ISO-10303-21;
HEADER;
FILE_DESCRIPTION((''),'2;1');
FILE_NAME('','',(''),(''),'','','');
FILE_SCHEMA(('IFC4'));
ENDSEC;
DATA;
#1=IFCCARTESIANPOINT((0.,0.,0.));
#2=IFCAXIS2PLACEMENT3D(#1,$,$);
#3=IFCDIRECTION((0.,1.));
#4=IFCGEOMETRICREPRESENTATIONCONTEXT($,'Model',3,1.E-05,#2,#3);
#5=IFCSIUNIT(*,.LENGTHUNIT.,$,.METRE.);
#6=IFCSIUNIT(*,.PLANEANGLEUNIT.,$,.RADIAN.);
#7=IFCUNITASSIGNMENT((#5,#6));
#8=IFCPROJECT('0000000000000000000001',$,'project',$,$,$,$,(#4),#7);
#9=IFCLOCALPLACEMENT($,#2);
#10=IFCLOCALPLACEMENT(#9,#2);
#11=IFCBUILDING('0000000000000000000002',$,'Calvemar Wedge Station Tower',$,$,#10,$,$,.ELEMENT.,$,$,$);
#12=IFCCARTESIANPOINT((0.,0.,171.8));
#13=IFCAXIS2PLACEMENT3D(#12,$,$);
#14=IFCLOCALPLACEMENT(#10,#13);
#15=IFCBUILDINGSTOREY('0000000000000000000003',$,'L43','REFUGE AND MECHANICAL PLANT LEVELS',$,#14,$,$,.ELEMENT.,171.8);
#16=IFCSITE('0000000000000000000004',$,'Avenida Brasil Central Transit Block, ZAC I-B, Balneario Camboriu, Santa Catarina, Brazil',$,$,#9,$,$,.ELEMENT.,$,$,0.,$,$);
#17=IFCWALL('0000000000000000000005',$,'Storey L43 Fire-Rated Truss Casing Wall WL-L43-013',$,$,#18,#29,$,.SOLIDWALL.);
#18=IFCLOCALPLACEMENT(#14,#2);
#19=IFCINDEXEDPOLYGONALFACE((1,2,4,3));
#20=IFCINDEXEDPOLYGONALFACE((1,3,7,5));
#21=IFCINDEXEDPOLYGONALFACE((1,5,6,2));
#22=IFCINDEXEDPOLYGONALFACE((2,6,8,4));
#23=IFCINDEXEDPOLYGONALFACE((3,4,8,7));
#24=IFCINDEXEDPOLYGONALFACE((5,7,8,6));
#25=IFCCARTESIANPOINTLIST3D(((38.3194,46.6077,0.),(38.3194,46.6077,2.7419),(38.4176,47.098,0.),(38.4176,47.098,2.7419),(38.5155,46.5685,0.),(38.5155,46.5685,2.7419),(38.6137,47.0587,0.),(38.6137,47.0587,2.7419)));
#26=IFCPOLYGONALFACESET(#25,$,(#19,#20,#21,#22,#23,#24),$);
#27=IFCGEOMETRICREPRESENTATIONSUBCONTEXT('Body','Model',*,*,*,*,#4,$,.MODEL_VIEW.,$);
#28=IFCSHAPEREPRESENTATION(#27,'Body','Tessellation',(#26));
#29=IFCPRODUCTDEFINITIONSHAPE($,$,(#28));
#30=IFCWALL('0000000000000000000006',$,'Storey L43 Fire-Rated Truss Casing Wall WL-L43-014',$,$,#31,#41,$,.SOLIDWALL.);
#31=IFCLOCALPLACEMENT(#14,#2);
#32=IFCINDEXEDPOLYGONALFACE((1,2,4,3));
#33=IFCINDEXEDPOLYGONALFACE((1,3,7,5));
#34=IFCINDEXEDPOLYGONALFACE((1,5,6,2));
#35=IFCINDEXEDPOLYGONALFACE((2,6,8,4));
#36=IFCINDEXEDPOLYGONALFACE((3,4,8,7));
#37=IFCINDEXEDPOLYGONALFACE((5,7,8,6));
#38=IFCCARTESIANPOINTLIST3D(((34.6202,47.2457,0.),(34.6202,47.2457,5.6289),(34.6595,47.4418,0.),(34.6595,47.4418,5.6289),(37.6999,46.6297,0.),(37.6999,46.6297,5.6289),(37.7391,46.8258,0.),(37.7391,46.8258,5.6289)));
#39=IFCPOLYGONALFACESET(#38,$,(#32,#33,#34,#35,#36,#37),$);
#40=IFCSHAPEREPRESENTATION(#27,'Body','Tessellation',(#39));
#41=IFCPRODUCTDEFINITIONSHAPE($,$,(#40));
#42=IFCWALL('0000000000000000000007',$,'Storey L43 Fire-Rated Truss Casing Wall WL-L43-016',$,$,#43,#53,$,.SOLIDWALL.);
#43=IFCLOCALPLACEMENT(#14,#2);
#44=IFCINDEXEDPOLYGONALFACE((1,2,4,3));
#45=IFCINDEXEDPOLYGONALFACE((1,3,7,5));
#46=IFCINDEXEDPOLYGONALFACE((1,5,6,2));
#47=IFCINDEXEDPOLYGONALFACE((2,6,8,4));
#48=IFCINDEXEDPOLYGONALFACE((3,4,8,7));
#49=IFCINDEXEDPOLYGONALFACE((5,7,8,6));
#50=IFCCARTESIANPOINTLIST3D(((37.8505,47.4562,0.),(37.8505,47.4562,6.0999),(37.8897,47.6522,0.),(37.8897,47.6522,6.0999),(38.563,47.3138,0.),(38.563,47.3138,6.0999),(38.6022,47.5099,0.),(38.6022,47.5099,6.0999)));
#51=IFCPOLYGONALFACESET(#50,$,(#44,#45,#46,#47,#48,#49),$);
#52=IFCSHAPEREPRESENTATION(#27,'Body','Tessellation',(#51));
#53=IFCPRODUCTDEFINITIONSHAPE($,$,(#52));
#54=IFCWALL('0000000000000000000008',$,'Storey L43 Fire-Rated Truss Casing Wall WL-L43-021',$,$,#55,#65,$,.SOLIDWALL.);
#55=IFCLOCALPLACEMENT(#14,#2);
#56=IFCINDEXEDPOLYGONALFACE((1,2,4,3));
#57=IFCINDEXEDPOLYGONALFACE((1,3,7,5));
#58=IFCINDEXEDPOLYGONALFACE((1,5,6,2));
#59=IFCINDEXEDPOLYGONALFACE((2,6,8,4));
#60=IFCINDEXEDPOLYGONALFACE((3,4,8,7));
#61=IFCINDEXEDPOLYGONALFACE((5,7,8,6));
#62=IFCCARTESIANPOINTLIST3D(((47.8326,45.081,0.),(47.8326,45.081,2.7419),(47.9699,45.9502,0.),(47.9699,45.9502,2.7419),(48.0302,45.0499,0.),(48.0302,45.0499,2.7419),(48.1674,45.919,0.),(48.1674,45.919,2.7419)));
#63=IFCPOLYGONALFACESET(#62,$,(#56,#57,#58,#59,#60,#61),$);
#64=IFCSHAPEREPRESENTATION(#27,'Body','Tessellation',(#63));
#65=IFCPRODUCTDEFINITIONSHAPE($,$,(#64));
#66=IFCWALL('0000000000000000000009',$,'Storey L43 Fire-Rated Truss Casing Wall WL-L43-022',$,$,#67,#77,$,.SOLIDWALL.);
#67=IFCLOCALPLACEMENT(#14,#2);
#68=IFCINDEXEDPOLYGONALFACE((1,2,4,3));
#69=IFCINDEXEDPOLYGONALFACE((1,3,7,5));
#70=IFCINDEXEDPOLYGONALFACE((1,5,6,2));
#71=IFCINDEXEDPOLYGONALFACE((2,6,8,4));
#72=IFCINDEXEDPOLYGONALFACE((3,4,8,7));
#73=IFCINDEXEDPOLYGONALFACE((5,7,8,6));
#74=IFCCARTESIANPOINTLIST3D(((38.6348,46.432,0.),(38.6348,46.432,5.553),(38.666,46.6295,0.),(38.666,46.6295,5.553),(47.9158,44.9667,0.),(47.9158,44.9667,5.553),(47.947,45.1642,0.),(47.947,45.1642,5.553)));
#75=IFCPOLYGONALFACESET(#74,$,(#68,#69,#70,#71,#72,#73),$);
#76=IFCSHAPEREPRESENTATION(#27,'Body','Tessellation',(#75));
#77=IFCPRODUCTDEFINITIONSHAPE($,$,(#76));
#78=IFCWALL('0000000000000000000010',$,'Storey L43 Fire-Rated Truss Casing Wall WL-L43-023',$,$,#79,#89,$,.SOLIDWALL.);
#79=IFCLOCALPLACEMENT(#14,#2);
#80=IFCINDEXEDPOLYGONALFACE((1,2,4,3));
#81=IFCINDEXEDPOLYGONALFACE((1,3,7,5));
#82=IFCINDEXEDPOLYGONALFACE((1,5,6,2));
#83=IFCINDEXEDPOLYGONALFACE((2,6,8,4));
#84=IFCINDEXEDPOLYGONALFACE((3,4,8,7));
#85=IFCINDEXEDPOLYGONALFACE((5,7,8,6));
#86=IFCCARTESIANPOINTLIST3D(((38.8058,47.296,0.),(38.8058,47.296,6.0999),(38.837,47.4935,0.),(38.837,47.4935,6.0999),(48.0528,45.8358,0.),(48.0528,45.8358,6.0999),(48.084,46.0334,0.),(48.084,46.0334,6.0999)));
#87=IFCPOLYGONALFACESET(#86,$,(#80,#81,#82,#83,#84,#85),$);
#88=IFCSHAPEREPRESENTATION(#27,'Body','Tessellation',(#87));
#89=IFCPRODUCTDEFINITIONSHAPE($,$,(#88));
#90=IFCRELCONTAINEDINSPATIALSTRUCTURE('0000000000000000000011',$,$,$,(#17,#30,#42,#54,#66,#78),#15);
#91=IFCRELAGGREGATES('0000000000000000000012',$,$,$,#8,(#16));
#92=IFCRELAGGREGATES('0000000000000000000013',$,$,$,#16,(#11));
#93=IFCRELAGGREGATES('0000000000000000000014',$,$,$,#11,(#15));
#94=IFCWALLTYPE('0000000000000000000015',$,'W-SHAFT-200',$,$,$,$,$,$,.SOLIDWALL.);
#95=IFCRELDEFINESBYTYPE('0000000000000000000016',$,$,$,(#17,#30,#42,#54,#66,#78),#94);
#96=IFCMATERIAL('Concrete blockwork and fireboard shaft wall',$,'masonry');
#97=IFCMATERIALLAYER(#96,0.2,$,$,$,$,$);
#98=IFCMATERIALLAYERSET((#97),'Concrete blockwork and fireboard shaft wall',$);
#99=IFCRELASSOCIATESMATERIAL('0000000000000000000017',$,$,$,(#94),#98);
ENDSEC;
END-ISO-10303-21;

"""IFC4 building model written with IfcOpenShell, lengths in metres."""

from ifc_helpers import new_model, si_unit, direction, frame, frame_2d, origin, place, context, subcontext, project, spatial, rectangle, extrude, material, layer, layer_set, type_object, element, save


model = new_model("IFC4")

# Units and contexts
model_context = context("Model", 3, precision=1e-05, world=origin(), true_north=direction((0.0, 1.0)))
body_context = subcontext(model_context, "Body", "Model", "MODEL_VIEW")
ifc_project = project(units=[si_unit("LENGTHUNIT", "METRE"), si_unit("PLANEANGLEUNIT", "RADIAN")], contexts=[model_context])

# Site, building, storey
site_placement = place(None, origin())
site = spatial("IfcSite", under=ifc_project, at=site_placement, Name="Avenida Brasil Central Transit Block, ZAC I-B, Balneario Camboriu, Santa Catarina, Brazil", CompositionType="ELEMENT", RefElevation=0.0)
building_placement = place(site_placement, origin())
building = spatial("IfcBuilding", under=site, at=building_placement, Name="Calvemar Wedge Station Tower", CompositionType="ELEMENT")
storey_placement = place(building_placement, frame((0.0, 0.0, 171.8)))
storey = spatial("IfcBuildingStorey", under=building, at=storey_placement, Name="L43", Description="REFUGE AND MECHANICAL PLANT LEVELS", CompositionType="ELEMENT", Elevation=171.8)

# Walls
ifc_material_1 = material(Name="Concrete blockwork and fireboard shaft wall", Category="masonry")
ifc_layer_1 = layer(ifc_material_1, 0.2)
ifc_layer_set_1 = layer_set([ifc_layer_1], Name="Concrete blockwork and fireboard shaft wall")
wall_type_1 = type_object("IfcWallType", Name="W-SHAFT-200", PredefinedType="SOLIDWALL", material=ifc_layer_set_1)
wall_1_placement = place(storey_placement, frame((38.5156, 47.0784, 0.0), z_axis=(0.0, 0.0, 1.0), x_axis=(-0.196304, -0.980543, 0.0)))
element("IfcWall", 1, at=wall_1_placement, inside=storey, type_object=wall_type_1, Name="Storey L43 Fire-Rated Truss Casing Wall WL-L43-013", PredefinedType="SOLIDWALL", context=body_context, shape_type="SweptSolid", body=[
    extrude(rectangle(XDim=0.5, YDim=0.2, at=frame_2d((0.25, 0.0))), origin(), (0.0, 0.0, 1.0), 2.7419),
])
wall_2_placement = place(storey_placement, frame((37.7195, 46.7278, 0.0), z_axis=(0.0, 0.0, 1.0), x_axis=(-0.980578, 0.196131, 0.0)))
element("IfcWall", 2, at=wall_2_placement, inside=storey, type_object=wall_type_1, Name="Storey L43 Fire-Rated Truss Casing Wall WL-L43-014", PredefinedType="SOLIDWALL", context=body_context, shape_type="SweptSolid", body=[
    extrude(rectangle(XDim=3.1406, YDim=0.2, at=frame_2d((1.5703, 0.0))), origin(), (0.0, 0.0, 1.0), 5.6289),
])
wall_3_placement = place(storey_placement, frame((37.8701, 47.5542, 0.0), z_axis=(0.0, 0.0, 1.0), x_axis=(0.980619, -0.195922, 0.0)))
element("IfcWall", 3, at=wall_3_placement, inside=storey, type_object=wall_type_1, Name="Storey L43 Fire-Rated Truss Casing Wall WL-L43-016", PredefinedType="SOLIDWALL", context=body_context, shape_type="SweptSolid", body=[
    extrude(rectangle(XDim=0.7266, YDim=0.2, at=frame_2d((0.3633, 0.0))), origin(), (0.0, 0.0, 1.0), 6.0999),
])
wall_4_placement = place(storey_placement, frame((48.0686, 45.9346, 0.0), z_axis=(0.0, 0.0, 1.0), x_axis=(-0.155934, -0.987767, 0.0)))
element("IfcWall", 4, at=wall_4_placement, inside=storey, type_object=wall_type_1, Name="Storey L43 Fire-Rated Truss Casing Wall WL-L43-021", PredefinedType="SOLIDWALL", context=body_context, shape_type="SweptSolid", body=[
    extrude(rectangle(XDim=0.8799, YDim=0.2, at=frame_2d((0.4399, 0.0))), origin(), (0.0, 0.0, 1.0), 2.7419),
])
wall_5_placement = place(storey_placement, frame((47.9314, 45.0654, 0.0), z_axis=(0.0, 0.0, 1.0), x_axis=(-0.987764, 0.155953, 0.0)))
element("IfcWall", 5, at=wall_5_placement, inside=storey, type_object=wall_type_1, Name="Storey L43 Fire-Rated Truss Casing Wall WL-L43-022", PredefinedType="SOLIDWALL", context=body_context, shape_type="SweptSolid", body=[
    extrude(rectangle(XDim=9.396, YDim=0.2, at=frame_2d((4.698, 0.0))), origin(), (0.0, 0.0, 1.0), 5.553),
])
wall_6_placement = place(storey_placement, frame((38.8215, 47.3948, 0.0), z_axis=(0.0, 0.0, 1.0), x_axis=(0.987761, -0.155977, 0.0)))
element("IfcWall", 6, at=wall_6_placement, inside=storey, type_object=wall_type_1, Name="Storey L43 Fire-Rated Truss Casing Wall WL-L43-023", PredefinedType="SOLIDWALL", context=body_context, shape_type="SweptSolid", body=[
    extrude(rectangle(XDim=9.3616, YDim=0.2, at=frame_2d((4.6807, 0.0))), origin(), (0.0, 0.0, 1.0), 6.0999),
])

save(model, "model.ifc")
